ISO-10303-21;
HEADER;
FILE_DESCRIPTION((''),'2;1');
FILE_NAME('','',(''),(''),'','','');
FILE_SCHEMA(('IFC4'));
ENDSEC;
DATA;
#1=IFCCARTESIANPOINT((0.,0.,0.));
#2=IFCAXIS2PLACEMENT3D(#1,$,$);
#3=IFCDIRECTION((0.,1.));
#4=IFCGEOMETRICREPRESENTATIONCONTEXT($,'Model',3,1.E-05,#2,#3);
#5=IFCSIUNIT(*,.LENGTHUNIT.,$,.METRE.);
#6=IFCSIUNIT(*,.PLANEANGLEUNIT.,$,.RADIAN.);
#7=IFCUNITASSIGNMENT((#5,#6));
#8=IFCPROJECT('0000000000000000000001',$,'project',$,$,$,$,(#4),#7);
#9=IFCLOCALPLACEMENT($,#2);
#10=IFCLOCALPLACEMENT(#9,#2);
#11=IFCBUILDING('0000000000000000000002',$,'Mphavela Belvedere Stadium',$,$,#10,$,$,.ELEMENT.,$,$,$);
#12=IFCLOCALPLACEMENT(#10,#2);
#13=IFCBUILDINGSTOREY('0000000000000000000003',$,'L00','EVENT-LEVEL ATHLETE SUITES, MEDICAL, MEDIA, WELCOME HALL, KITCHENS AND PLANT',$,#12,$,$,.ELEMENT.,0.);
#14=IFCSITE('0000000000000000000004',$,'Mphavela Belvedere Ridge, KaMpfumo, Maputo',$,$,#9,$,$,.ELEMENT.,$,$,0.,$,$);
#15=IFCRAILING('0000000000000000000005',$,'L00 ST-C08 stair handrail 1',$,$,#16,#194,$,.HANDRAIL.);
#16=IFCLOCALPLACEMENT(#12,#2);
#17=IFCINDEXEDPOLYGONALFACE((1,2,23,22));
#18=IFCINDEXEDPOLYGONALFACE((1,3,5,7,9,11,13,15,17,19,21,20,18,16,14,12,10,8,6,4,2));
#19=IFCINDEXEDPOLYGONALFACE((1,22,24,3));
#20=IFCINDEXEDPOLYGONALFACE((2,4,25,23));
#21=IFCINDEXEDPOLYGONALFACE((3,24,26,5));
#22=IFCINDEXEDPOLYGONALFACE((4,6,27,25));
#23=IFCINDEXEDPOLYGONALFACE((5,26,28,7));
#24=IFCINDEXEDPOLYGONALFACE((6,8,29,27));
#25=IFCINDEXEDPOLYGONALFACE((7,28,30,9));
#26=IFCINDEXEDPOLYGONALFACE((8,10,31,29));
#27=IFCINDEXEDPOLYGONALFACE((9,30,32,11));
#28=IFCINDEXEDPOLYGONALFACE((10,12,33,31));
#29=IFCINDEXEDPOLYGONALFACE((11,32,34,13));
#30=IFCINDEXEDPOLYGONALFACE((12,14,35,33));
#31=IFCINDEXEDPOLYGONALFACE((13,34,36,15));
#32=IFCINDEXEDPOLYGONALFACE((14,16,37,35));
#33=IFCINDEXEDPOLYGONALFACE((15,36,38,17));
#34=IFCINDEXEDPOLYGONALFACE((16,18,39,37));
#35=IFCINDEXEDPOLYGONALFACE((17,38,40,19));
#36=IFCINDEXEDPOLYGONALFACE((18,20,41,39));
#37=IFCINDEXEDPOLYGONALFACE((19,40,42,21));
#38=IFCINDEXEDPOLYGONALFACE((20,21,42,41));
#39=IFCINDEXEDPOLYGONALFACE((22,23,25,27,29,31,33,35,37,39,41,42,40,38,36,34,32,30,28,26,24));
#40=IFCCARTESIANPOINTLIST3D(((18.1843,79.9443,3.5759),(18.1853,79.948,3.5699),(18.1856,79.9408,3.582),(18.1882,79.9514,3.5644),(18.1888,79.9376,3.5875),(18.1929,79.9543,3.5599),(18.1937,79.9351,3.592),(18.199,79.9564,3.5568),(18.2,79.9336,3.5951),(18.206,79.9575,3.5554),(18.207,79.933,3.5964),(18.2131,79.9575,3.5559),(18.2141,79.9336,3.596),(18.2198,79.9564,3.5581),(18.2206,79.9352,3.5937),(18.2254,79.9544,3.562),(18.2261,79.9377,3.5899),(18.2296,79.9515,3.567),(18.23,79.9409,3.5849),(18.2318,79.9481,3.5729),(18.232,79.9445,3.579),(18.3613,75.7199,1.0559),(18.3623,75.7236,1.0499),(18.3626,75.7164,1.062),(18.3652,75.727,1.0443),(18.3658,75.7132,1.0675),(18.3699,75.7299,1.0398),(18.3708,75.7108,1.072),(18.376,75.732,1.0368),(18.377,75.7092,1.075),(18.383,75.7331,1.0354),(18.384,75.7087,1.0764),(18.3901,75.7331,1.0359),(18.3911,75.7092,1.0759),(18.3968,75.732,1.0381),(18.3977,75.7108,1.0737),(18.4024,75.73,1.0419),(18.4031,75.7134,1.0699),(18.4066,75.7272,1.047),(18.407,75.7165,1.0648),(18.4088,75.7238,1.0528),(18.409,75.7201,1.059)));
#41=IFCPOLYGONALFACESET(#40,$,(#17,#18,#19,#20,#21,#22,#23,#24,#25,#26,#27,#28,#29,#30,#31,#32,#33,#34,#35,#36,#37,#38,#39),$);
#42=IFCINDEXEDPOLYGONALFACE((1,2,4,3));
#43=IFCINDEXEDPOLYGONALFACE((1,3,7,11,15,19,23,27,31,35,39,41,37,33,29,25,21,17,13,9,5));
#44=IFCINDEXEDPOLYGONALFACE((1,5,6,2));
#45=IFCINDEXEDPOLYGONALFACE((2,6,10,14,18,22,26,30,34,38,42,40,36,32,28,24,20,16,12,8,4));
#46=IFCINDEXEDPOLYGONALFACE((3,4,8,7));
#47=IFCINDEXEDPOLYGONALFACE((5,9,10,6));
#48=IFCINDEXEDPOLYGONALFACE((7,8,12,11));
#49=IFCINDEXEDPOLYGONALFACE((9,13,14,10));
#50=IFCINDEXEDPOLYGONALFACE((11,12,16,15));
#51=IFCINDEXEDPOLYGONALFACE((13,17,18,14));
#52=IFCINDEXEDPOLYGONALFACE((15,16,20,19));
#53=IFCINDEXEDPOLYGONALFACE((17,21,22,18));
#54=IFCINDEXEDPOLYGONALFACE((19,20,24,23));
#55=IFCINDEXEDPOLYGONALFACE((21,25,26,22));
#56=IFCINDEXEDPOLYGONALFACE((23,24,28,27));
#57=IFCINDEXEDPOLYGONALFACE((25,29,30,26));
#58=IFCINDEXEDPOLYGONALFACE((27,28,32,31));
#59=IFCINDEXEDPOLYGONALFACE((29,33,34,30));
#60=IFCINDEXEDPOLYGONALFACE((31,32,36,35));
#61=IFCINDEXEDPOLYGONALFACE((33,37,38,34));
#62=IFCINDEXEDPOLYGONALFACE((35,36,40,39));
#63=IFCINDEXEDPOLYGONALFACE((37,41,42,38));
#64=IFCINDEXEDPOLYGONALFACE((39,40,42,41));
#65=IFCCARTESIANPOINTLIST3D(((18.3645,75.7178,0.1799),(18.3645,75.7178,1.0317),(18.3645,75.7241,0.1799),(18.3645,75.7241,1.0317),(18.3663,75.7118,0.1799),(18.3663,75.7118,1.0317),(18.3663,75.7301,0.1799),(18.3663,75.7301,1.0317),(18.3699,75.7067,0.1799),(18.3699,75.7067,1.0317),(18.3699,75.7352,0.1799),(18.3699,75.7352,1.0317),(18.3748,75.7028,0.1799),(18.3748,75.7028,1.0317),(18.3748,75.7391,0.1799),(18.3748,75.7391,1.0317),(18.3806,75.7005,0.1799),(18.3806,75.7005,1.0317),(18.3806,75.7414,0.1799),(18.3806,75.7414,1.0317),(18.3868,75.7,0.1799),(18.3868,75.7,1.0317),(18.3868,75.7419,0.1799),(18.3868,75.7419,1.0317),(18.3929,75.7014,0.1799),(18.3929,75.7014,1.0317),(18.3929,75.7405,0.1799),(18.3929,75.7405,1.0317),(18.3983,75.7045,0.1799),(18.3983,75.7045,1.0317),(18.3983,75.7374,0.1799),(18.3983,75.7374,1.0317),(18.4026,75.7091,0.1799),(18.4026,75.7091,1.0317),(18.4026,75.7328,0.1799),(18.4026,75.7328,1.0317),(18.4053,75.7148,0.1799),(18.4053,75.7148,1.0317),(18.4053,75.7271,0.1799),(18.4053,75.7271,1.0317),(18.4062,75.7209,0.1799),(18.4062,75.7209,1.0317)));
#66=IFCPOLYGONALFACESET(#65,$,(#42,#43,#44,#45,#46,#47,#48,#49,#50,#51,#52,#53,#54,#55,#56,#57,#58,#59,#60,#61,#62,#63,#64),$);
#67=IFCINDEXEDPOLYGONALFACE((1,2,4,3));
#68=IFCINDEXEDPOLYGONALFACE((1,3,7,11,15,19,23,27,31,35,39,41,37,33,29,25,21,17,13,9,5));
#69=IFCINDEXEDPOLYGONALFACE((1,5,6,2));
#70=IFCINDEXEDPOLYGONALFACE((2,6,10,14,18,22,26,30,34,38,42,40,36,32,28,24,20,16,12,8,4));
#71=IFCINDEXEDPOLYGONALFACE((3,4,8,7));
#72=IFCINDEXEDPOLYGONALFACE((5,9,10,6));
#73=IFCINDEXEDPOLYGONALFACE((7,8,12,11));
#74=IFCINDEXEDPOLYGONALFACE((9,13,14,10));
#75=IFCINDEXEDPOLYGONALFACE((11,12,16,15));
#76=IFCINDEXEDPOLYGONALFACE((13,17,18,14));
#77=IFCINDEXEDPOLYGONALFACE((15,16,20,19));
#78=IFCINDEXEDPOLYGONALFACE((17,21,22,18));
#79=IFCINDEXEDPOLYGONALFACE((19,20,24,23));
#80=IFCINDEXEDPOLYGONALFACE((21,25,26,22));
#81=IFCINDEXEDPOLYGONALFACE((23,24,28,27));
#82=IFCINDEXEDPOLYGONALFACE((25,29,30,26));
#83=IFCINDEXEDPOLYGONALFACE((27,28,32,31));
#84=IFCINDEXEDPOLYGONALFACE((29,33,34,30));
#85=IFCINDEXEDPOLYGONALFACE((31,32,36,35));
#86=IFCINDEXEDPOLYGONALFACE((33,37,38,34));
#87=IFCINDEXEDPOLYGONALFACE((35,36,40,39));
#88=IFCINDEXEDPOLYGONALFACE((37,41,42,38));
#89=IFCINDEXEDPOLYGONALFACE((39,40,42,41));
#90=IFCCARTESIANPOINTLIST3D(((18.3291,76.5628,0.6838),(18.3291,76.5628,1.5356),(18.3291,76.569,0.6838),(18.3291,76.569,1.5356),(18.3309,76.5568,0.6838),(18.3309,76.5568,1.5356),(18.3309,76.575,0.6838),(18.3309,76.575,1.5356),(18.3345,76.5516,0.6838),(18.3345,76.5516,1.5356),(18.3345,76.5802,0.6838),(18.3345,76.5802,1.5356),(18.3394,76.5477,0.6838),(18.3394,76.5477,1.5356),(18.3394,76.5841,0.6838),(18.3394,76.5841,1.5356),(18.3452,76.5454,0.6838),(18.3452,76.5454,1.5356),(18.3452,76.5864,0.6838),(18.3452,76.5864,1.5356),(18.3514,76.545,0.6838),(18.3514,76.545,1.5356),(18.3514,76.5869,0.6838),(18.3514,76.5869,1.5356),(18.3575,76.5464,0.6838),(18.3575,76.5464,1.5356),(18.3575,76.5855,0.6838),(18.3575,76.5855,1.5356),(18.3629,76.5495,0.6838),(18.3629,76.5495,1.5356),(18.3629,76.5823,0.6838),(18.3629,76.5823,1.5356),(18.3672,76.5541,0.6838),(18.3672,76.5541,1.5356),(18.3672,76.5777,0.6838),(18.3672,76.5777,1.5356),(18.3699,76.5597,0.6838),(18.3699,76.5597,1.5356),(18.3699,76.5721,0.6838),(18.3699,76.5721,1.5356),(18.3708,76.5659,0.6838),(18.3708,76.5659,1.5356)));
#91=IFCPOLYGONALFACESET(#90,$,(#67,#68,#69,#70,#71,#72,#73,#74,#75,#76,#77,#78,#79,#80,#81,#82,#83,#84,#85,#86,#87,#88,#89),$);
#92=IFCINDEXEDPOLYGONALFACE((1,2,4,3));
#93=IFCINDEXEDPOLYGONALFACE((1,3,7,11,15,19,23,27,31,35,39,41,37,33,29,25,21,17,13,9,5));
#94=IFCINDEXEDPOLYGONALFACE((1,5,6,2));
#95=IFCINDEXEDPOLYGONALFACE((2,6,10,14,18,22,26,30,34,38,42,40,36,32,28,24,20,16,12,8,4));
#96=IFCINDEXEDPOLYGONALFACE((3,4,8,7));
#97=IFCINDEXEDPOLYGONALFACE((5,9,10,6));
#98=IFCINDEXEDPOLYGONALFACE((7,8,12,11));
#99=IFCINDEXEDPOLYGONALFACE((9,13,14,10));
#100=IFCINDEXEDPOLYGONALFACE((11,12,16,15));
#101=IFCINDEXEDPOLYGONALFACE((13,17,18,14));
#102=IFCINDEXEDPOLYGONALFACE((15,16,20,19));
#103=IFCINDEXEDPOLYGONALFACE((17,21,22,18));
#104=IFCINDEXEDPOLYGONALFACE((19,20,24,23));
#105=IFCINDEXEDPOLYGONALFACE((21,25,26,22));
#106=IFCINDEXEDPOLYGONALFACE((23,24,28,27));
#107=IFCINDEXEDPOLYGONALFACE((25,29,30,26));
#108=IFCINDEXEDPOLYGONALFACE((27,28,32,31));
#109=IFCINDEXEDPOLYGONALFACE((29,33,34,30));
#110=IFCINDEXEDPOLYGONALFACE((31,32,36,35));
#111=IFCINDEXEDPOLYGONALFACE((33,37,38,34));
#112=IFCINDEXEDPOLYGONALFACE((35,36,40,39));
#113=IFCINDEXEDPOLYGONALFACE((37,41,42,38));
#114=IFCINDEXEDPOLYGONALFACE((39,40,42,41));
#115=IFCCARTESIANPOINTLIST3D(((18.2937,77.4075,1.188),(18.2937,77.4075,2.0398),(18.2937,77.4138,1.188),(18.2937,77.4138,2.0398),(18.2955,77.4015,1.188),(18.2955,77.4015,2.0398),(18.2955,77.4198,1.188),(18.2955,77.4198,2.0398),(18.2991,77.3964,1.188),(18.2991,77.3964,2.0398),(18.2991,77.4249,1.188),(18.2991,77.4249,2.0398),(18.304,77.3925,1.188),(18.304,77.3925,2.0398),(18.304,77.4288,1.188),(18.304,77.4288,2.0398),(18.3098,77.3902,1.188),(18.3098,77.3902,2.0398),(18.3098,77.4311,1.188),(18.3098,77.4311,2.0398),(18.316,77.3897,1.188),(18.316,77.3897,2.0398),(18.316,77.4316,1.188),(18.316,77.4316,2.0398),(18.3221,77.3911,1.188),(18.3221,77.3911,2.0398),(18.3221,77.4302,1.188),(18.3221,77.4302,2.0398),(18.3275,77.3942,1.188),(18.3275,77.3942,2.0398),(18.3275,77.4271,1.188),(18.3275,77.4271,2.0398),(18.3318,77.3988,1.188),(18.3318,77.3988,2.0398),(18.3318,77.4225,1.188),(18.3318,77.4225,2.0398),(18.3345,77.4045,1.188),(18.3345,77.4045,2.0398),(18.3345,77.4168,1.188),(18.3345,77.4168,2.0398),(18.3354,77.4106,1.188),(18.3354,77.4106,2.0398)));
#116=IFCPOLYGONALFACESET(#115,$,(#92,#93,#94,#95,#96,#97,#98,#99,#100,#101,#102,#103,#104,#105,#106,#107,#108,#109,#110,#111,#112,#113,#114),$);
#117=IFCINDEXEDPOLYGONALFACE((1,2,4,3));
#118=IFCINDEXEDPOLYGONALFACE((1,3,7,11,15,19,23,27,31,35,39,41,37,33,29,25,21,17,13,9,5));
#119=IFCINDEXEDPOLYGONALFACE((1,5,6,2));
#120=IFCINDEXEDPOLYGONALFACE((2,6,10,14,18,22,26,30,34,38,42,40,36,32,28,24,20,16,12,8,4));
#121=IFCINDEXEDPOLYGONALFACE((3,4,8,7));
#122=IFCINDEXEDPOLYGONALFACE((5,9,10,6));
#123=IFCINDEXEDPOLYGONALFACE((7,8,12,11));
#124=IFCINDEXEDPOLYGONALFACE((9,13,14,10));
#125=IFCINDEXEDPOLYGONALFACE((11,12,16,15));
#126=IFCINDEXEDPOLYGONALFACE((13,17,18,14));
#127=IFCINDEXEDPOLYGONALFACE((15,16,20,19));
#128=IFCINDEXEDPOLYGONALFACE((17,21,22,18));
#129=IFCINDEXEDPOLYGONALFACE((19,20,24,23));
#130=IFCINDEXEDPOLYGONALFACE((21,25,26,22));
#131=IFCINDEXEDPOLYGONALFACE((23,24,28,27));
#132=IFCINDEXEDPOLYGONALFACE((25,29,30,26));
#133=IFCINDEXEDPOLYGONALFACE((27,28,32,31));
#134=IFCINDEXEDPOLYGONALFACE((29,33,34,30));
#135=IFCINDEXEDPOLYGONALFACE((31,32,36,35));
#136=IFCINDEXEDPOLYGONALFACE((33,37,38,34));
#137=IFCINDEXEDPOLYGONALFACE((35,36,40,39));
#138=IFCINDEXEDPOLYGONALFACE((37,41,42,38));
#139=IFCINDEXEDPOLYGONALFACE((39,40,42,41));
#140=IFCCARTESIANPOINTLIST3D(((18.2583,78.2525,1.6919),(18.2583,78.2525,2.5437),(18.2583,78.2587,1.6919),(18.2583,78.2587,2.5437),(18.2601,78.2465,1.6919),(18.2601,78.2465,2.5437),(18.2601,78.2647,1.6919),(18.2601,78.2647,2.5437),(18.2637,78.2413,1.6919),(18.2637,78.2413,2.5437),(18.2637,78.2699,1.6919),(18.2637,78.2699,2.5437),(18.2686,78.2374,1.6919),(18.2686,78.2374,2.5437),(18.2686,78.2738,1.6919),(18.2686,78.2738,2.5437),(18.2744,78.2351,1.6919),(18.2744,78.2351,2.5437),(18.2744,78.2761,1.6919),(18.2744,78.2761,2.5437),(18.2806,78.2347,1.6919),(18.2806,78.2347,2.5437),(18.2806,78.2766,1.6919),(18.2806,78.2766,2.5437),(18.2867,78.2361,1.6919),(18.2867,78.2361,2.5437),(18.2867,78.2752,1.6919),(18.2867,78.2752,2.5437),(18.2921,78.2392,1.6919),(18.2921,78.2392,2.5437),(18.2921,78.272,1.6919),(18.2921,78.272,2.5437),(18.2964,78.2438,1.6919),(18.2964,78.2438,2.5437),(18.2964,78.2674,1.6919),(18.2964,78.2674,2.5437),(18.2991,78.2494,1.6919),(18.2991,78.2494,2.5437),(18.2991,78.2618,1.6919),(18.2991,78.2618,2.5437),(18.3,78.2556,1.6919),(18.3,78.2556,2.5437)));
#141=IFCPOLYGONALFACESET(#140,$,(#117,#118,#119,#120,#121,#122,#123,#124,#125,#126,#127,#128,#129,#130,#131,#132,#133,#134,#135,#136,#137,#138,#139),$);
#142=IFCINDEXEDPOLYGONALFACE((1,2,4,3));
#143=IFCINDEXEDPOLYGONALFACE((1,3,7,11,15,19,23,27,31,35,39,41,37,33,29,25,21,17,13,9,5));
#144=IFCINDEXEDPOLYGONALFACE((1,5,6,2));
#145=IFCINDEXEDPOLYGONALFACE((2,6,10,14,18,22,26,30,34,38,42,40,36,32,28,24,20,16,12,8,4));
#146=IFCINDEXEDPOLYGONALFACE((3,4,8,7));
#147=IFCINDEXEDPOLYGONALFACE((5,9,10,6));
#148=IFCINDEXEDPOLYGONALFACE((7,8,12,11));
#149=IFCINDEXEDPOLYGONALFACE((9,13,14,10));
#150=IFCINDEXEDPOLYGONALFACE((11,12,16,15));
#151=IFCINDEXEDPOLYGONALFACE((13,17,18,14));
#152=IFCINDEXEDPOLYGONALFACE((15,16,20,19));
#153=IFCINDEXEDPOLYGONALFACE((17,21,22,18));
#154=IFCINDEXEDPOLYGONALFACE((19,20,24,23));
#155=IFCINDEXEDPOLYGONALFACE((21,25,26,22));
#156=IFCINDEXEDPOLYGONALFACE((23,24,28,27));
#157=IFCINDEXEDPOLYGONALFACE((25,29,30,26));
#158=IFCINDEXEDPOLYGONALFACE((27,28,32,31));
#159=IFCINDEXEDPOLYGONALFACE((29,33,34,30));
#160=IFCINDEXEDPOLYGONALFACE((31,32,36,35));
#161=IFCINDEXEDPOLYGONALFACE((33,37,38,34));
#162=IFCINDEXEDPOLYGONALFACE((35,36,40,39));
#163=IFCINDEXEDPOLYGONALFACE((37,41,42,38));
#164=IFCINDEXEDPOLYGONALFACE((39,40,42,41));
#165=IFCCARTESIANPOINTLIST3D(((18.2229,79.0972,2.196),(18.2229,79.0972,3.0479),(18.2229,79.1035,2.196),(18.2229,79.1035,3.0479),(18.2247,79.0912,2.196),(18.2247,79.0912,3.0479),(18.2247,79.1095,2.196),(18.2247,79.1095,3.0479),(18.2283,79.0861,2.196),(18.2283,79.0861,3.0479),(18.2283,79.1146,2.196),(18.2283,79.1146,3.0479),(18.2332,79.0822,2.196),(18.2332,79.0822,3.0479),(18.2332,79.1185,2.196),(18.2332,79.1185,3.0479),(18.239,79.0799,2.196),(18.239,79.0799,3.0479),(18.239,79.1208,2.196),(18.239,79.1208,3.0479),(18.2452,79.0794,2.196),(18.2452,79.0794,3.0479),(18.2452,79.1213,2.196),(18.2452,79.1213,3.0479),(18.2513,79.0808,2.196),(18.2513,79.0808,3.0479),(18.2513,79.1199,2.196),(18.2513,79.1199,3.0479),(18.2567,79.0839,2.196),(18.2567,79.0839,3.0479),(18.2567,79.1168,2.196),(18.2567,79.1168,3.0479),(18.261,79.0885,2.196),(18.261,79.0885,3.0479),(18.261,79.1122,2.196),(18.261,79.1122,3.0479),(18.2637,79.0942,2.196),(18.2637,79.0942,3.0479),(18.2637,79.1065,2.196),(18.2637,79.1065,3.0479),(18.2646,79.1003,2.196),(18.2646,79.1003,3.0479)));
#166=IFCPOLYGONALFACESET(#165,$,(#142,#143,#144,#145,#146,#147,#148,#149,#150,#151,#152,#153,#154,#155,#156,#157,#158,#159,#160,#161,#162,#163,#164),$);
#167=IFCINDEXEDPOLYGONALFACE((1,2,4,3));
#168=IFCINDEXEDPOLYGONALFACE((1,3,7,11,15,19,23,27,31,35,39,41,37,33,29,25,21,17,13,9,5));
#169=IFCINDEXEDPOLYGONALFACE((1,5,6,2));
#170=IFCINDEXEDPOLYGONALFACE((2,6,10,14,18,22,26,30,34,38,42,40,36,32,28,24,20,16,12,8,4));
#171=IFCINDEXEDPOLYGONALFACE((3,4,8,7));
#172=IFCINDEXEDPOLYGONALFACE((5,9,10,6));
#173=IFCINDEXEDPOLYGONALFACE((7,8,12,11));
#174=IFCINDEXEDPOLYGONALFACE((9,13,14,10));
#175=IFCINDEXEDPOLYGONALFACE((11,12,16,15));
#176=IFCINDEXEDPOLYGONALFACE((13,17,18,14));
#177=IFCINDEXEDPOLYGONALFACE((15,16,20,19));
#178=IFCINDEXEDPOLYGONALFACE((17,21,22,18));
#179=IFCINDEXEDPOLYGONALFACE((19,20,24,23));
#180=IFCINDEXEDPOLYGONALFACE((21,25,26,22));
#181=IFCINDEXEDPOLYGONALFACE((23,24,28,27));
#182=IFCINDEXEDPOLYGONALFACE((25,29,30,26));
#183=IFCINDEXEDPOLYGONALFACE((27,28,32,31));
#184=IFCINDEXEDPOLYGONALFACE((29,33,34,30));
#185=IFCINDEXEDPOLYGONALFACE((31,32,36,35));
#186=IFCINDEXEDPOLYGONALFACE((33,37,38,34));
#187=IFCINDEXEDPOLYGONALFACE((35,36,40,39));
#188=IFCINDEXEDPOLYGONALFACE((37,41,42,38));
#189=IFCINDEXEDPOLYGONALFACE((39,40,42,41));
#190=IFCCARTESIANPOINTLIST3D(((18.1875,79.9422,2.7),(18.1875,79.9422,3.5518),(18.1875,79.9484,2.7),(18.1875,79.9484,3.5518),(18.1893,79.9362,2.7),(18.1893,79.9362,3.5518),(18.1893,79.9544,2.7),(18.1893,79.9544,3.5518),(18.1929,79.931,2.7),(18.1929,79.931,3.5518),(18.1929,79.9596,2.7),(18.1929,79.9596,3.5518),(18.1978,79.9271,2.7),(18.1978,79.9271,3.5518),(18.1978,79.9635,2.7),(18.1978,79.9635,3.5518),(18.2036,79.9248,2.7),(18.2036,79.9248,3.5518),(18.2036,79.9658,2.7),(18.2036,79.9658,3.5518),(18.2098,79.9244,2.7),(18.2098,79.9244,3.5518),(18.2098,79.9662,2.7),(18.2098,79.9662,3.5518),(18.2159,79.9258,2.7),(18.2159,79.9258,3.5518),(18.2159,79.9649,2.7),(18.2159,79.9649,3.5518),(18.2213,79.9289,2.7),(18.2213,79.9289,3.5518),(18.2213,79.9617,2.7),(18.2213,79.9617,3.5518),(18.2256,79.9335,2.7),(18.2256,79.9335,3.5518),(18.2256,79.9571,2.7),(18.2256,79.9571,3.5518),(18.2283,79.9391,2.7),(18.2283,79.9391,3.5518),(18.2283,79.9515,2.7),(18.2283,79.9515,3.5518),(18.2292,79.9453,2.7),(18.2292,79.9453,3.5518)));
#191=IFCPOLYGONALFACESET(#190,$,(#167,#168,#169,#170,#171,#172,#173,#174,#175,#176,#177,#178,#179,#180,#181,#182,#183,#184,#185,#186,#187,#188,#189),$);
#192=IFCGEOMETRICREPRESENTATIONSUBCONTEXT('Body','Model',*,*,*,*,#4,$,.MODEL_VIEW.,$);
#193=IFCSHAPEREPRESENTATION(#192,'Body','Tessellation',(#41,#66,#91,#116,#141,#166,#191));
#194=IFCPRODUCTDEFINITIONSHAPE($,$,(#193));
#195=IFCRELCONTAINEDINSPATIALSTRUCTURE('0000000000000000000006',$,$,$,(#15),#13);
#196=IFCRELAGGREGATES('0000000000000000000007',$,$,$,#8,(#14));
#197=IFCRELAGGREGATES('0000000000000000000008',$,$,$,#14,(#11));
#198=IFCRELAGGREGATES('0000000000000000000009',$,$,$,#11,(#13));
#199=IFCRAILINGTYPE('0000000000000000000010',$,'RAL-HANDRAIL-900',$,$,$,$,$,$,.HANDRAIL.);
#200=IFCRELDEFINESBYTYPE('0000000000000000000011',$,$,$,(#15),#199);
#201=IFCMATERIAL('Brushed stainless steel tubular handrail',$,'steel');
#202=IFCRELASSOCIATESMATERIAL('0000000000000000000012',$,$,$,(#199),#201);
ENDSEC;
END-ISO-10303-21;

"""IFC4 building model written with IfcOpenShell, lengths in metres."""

from ifc_helpers import new_model, si_unit, direction, frame, origin, origin_2d, place, context, subcontext, project, spatial, circle, extrude, material, type_object, element, save


model = new_model("IFC4")

# Units and contexts
model_context = context("Model", 3, precision=1e-05, world=origin(), true_north=direction((0.0, 1.0)))
body_context = subcontext(model_context, "Body", "Model", "MODEL_VIEW")
ifc_project = project(units=[si_unit("LENGTHUNIT", "METRE"), si_unit("PLANEANGLEUNIT", "RADIAN")], contexts=[model_context])

# Site, building, storey
site_placement = place(None, origin())
site = spatial("IfcSite", under=ifc_project, at=site_placement, Name="Mphavela Belvedere Ridge, KaMpfumo, Maputo", CompositionType="ELEMENT", RefElevation=0.0)
building_placement = place(site_placement, origin())
building = spatial("IfcBuilding", under=site, at=building_placement, Name="Mphavela Belvedere Stadium", CompositionType="ELEMENT")
storey_placement = place(building_placement, origin())
storey = spatial("IfcBuildingStorey", under=building, at=storey_placement, Name="L00", Description="EVENT-LEVEL ATHLETE SUITES, MEDICAL, MEDIA, WELCOME HALL, KITCHENS AND PLANT", CompositionType="ELEMENT", Elevation=0.0)

# Railing
ifc_material_1 = material(Name="Brushed stainless steel tubular handrail", Category="steel")
railing_type_1 = type_object("IfcRailingType", Name="RAL-HANDRAIL-900", PredefinedType="HANDRAIL", material=ifc_material_1)
railing_1_placement = place(storey_placement, frame((18.3853, 75.7209, 0.1799)))
element("IfcRailing", 1, at=railing_1_placement, inside=storey, type_object=railing_type_1, Name="L00 ST-C08 stair handrail 1", PredefinedType="HANDRAIL", context=body_context, shape_type="SweptSolid", body=[
    extrude(circle(Radius=0.0239, at=origin_2d()), frame((0.0, 0.0, 0.876), z_axis=(-0.035961, 0.858244, 0.51198), x_axis=(-0.999123, -0.041864, 0.0)), (0.0, 0.0, 1.0), 4.9221),
    extrude(circle(Radius=0.021, at=origin_2d()), origin(), (0.0, 0.0, 1.0), 0.8518),
    extrude(circle(Radius=0.021, at=origin_2d()), frame((-0.0354, 0.845, 0.5039)), (0.0, 0.0, 1.0), 0.8518),
    extrude(circle(Radius=0.021, at=origin_2d()), frame((-0.0708, 1.6897, 1.0081)), (0.0, 0.0, 1.0), 0.8518),
    extrude(circle(Radius=0.021, at=origin_2d()), frame((-0.1062, 2.5347, 1.512)), (0.0, 0.0, 1.0), 0.8518),
    extrude(circle(Radius=0.021, at=origin_2d()), frame((-0.1416, 3.3794, 2.0161)), (0.0, 0.0, 1.0), 0.8518),
    extrude(circle(Radius=0.021, at=origin_2d()), frame((-0.177, 4.2244, 2.52)), (0.0, 0.0, 1.0), 0.8518),
])

save(model, "model.ifc")
